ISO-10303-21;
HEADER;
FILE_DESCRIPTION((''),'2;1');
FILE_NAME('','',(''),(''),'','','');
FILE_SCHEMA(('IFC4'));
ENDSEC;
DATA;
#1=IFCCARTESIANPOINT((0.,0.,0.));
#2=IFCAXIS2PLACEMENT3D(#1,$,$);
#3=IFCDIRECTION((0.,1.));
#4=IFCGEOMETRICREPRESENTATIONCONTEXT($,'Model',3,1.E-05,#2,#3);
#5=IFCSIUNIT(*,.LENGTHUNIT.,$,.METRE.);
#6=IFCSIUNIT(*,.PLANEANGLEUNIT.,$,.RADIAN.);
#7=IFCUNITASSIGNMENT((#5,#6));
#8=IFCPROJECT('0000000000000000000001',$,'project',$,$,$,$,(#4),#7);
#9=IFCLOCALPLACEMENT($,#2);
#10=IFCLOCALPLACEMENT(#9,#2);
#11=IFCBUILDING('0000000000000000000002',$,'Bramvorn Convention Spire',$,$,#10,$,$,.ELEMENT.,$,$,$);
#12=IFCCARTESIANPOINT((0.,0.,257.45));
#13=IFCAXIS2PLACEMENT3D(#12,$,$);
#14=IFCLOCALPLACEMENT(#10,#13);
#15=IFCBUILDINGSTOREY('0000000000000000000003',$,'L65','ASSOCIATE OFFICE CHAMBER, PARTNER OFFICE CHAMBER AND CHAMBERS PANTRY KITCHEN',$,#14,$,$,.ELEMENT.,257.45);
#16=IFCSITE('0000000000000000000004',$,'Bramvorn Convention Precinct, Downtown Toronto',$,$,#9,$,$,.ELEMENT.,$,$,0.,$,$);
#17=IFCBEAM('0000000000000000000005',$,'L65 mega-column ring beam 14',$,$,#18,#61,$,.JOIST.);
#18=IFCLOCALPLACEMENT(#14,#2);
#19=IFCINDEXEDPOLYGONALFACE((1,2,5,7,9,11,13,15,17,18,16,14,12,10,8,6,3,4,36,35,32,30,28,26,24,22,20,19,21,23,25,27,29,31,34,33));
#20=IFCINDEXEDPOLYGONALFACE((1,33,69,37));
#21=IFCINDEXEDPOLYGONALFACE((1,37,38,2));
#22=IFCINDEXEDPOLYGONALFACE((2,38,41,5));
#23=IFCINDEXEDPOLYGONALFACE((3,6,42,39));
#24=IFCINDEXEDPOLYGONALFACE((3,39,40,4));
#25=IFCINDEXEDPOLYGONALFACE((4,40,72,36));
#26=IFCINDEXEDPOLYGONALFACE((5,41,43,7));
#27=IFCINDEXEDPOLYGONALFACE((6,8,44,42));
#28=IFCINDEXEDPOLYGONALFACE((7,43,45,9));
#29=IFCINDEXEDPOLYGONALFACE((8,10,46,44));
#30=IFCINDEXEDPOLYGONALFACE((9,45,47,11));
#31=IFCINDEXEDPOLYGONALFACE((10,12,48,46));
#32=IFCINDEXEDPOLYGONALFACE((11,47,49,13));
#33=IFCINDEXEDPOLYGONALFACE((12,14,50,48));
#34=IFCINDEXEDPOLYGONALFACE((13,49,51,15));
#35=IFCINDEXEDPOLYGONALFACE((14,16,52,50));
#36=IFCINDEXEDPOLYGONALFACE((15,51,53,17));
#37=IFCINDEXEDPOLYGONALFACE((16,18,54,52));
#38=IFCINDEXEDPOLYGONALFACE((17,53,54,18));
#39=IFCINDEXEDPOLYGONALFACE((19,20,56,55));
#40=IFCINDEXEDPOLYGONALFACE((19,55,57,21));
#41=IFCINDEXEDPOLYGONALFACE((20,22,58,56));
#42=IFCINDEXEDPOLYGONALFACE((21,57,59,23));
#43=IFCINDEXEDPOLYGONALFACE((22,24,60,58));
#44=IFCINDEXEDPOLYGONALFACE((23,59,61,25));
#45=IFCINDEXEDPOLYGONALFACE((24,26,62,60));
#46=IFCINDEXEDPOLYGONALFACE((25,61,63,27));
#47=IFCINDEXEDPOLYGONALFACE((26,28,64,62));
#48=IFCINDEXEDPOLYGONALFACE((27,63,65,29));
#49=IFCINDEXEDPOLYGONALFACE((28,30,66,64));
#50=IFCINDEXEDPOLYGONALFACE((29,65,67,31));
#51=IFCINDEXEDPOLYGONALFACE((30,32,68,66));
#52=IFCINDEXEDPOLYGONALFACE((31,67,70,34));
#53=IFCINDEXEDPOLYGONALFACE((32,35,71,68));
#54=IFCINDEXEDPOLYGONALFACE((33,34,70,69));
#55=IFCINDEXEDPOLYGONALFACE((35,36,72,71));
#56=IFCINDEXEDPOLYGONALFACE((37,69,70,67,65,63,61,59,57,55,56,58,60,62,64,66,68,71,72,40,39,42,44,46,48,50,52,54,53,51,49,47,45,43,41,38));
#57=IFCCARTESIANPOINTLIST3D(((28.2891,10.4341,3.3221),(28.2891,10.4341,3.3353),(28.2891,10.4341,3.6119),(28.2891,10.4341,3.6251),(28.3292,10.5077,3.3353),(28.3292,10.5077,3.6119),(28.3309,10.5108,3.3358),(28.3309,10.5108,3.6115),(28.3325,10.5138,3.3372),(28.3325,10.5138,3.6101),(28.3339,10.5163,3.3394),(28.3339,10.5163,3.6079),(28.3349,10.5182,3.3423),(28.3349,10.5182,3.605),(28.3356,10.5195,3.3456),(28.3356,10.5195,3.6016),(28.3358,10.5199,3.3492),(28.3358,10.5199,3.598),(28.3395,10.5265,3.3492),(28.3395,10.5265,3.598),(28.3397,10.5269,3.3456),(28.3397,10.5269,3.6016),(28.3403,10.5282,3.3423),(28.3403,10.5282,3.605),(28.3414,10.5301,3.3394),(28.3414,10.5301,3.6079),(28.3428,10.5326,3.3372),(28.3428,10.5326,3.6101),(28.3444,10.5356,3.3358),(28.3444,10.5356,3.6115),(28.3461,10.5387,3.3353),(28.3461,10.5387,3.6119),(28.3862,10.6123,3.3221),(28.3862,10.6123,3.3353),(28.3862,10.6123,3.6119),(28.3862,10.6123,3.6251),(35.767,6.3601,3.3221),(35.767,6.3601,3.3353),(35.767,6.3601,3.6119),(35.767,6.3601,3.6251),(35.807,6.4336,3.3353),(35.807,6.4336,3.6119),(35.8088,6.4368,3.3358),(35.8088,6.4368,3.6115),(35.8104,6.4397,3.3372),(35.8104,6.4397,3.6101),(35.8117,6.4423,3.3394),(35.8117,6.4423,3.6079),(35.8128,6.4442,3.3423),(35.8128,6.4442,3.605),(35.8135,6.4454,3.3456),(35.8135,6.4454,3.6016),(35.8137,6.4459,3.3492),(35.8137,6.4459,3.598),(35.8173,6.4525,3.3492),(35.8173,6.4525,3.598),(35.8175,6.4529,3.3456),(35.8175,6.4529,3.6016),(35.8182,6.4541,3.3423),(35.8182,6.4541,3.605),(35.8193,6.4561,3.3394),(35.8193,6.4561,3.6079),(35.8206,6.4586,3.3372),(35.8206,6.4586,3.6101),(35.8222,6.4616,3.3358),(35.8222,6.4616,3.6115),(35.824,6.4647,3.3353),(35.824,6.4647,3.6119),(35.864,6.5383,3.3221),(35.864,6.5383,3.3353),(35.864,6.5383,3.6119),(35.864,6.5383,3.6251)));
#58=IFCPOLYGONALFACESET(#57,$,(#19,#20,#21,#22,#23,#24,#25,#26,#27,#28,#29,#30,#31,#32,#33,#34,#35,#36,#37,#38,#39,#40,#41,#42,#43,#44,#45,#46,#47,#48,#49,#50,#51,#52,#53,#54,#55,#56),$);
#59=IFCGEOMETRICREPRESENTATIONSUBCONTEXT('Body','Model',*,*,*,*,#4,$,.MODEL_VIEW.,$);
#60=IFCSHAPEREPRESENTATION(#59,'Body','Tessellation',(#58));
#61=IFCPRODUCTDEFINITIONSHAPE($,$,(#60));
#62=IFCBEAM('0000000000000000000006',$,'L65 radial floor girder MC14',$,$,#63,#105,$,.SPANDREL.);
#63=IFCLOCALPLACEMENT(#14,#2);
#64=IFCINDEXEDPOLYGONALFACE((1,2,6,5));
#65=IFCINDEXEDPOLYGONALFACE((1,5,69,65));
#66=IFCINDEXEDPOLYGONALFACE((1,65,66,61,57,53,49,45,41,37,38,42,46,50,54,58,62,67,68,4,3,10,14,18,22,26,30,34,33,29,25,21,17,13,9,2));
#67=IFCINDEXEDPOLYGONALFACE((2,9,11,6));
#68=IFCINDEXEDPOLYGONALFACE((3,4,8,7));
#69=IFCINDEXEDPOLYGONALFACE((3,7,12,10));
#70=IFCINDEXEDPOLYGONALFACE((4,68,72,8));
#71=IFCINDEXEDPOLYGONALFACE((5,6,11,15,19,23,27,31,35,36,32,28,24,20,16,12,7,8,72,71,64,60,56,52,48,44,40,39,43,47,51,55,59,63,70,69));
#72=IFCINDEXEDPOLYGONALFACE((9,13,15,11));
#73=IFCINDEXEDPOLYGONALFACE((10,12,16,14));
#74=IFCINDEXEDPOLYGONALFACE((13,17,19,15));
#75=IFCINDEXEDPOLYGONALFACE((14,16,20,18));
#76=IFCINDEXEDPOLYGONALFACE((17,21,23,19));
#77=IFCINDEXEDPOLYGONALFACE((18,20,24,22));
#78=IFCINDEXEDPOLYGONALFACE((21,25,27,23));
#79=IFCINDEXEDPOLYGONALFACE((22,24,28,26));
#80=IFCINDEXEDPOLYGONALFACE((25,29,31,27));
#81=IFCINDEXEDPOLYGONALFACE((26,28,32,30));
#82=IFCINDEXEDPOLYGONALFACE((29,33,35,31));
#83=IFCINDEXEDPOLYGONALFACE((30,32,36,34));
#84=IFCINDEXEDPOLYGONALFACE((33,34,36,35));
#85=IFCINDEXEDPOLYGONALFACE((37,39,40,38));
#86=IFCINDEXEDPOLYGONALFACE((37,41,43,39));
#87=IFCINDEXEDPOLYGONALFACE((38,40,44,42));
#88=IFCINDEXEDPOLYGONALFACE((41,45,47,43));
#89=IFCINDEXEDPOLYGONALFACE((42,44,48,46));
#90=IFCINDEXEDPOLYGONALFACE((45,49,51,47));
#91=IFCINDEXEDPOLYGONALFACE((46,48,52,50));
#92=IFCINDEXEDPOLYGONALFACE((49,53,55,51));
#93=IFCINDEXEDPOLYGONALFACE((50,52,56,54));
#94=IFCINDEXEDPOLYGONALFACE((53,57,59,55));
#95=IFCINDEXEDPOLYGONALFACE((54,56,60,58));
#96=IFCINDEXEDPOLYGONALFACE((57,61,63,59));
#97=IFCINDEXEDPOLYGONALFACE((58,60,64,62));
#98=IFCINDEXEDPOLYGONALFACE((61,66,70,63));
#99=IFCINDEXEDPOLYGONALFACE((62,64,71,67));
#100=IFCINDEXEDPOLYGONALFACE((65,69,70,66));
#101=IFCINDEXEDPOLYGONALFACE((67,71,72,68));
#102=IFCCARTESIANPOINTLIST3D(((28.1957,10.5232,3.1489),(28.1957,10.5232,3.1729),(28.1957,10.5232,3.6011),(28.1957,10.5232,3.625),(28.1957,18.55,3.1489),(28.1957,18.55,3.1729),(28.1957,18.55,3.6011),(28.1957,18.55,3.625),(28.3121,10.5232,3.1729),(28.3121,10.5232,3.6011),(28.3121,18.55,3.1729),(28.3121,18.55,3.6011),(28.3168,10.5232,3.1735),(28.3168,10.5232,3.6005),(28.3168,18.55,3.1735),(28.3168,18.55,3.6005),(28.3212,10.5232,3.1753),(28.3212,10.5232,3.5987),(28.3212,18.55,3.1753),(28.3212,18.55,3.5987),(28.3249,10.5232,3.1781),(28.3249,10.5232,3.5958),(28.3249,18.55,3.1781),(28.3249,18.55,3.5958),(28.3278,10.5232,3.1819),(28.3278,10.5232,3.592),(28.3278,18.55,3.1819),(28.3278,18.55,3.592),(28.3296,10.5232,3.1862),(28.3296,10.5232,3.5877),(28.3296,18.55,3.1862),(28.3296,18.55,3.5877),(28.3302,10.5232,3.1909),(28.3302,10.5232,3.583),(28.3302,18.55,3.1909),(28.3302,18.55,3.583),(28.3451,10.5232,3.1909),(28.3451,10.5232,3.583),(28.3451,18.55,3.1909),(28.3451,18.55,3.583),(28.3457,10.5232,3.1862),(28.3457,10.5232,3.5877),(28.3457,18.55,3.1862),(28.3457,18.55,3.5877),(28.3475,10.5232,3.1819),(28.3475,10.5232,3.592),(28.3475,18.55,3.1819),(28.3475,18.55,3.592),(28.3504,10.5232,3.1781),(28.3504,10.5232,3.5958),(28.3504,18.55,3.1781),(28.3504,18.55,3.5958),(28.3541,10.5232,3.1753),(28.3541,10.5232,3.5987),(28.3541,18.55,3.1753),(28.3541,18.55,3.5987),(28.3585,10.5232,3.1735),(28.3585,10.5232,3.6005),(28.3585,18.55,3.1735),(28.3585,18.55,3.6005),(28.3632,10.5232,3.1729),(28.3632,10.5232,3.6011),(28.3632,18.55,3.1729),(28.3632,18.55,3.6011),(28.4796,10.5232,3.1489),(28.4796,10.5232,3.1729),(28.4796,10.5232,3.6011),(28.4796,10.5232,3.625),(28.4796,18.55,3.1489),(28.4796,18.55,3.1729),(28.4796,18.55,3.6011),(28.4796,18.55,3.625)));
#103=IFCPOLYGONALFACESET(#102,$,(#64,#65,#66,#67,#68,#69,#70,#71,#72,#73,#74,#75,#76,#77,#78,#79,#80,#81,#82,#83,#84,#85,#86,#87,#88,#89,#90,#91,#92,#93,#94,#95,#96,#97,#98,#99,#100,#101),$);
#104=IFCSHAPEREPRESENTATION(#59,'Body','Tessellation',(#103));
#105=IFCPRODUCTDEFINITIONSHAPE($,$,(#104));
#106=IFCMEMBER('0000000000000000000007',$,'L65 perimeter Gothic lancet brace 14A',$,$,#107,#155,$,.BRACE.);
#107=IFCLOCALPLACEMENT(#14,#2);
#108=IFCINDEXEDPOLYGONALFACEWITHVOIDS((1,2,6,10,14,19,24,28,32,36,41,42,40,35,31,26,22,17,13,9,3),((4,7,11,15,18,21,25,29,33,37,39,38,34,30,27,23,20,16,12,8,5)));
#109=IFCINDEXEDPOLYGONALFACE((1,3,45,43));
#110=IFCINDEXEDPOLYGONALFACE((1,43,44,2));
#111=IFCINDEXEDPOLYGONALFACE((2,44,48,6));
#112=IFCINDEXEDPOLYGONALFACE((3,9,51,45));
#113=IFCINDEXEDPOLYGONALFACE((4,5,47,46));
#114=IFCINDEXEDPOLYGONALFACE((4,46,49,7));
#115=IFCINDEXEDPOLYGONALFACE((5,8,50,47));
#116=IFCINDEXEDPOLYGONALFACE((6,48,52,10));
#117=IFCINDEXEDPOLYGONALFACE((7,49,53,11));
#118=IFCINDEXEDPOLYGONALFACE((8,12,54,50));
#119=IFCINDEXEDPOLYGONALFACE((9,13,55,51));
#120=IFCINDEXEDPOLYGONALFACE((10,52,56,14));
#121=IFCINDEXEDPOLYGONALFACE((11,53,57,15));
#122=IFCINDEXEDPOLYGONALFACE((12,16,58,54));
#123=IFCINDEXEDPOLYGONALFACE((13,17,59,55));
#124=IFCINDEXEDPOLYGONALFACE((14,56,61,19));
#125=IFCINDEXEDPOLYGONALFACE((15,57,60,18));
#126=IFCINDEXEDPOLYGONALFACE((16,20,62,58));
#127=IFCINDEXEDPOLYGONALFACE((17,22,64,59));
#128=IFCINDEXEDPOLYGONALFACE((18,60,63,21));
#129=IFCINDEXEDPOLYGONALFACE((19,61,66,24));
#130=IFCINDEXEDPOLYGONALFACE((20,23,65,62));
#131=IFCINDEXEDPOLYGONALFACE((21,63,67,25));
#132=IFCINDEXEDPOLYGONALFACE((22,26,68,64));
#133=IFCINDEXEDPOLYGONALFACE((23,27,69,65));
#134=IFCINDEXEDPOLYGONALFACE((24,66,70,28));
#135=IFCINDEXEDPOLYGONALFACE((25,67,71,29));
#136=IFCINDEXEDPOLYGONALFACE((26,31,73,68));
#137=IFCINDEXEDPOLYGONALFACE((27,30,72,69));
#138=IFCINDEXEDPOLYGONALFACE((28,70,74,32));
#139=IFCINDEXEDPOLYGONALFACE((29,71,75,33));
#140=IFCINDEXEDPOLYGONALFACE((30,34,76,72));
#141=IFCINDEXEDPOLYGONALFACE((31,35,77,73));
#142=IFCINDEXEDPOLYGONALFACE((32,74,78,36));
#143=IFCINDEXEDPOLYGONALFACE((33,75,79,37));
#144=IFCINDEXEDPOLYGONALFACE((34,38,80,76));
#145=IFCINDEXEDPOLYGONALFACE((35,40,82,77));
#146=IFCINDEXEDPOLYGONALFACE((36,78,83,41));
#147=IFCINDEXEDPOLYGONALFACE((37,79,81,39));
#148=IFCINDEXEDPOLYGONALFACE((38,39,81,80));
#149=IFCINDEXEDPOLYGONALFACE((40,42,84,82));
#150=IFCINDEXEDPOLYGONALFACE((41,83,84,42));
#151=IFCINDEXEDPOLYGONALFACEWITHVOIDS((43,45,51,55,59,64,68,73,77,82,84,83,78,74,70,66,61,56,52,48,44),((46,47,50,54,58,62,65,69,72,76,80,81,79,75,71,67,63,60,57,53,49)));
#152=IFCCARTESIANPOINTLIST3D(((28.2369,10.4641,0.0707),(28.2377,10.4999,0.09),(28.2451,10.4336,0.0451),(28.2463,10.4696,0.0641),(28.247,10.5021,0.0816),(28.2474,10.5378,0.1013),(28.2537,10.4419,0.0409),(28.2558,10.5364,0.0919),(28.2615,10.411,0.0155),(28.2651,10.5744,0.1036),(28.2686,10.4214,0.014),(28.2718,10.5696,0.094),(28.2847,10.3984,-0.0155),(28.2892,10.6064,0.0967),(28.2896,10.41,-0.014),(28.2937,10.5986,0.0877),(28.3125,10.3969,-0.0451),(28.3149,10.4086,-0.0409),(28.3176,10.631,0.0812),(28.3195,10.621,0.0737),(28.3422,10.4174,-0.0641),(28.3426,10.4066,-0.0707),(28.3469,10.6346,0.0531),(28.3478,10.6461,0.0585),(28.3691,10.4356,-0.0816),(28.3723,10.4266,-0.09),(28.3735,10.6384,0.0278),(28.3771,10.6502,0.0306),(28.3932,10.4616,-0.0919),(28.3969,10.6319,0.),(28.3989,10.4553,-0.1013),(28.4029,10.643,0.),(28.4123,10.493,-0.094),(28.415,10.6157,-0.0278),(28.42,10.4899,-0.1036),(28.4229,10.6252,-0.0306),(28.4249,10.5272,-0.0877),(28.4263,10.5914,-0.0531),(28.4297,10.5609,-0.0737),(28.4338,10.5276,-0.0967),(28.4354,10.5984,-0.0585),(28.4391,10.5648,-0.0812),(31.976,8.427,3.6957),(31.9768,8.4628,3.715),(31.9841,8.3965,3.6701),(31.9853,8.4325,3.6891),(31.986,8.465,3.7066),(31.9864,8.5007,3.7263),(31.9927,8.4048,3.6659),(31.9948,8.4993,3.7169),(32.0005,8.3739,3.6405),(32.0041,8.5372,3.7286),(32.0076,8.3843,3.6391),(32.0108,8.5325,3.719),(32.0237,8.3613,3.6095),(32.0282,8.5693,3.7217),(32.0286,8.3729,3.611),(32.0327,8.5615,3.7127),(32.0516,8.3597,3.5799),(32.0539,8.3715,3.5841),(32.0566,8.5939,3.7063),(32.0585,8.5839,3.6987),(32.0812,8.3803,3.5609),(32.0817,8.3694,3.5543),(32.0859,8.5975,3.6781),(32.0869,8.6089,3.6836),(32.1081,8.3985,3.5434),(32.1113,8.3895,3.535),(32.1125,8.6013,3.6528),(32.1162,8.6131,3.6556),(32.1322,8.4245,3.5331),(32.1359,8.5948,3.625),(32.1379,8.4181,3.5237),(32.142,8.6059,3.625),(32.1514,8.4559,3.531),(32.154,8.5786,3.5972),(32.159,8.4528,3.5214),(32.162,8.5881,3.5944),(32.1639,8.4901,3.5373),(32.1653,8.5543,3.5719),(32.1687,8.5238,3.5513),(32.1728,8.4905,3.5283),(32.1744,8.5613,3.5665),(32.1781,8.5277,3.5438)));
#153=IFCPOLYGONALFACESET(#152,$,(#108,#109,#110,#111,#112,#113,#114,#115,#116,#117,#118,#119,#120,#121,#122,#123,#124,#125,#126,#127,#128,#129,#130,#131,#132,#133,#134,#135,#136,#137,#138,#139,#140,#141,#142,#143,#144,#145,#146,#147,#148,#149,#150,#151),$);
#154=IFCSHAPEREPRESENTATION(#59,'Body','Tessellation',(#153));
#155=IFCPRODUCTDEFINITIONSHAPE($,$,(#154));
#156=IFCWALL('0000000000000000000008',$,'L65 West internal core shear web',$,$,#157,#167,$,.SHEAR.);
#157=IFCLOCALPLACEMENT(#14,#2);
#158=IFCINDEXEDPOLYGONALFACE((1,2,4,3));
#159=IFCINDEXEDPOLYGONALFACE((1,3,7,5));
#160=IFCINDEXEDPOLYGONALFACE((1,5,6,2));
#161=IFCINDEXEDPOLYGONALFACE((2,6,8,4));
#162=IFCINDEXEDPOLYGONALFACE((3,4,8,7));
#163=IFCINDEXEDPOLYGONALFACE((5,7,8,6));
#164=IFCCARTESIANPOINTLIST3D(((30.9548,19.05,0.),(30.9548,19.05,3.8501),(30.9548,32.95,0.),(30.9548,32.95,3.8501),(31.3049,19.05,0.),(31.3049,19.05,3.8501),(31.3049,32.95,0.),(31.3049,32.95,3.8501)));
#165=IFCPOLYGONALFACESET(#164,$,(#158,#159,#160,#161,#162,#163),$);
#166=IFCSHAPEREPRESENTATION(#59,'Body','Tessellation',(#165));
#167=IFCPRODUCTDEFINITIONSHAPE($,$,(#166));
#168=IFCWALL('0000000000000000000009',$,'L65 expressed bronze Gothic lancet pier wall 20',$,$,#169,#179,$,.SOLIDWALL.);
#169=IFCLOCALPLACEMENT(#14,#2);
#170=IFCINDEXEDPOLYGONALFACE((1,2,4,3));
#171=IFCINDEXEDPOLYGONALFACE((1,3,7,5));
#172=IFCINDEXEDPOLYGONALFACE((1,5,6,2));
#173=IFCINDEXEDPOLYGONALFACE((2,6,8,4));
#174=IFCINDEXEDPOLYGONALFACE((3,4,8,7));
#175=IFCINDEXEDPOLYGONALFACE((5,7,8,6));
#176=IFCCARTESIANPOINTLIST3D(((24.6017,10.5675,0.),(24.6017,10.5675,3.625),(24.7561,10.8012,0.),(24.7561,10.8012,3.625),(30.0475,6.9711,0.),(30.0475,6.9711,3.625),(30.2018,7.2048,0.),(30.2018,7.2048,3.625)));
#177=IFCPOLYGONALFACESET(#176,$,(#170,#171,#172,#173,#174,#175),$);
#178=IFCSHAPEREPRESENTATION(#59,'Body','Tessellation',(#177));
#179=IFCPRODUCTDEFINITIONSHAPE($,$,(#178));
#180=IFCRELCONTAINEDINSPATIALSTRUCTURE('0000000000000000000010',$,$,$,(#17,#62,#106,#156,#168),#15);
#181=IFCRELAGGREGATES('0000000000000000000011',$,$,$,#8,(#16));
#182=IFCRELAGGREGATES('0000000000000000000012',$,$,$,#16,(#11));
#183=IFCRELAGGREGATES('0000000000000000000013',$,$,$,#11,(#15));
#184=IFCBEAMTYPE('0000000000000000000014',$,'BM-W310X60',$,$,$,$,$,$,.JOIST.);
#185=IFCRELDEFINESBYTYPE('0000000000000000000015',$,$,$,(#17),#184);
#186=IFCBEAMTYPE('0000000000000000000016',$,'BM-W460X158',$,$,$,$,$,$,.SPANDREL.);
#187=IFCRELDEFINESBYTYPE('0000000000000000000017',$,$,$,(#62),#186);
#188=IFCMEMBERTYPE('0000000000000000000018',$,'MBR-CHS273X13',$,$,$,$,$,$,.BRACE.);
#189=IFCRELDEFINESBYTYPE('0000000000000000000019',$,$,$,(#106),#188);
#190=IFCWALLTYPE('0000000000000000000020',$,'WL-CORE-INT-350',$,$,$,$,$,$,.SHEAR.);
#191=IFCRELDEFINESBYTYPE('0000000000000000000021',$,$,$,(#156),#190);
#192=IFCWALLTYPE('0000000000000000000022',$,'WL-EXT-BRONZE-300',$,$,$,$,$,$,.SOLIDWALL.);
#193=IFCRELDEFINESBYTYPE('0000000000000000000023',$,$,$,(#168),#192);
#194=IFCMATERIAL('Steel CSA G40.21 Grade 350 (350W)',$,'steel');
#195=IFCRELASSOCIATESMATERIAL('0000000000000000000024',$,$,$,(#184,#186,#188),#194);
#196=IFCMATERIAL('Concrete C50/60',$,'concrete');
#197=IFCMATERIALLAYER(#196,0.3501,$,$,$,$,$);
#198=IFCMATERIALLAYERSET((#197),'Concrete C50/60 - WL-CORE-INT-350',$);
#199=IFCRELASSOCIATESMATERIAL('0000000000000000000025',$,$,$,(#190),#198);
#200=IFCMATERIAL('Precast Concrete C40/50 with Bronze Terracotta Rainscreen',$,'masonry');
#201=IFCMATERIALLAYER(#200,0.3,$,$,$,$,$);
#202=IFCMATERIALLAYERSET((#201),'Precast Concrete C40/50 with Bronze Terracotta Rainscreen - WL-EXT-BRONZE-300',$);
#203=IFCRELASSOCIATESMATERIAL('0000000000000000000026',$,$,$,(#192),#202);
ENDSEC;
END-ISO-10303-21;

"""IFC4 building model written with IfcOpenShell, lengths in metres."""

from ifc_helpers import new_model, si_unit, direction, frame, frame_2d, origin, origin_2d, place, context, subcontext, project, spatial, rectangle, hollow_circle, i_section, extrude, material, layer, layer_set, material_profile, profile_set, type_object, element, save


model = new_model("IFC4")

# Units and contexts
model_context = context("Model", 3, precision=1e-05, world=origin(), true_north=direction((0.0, 1.0)))
body_context = subcontext(model_context, "Body", "Model", "MODEL_VIEW")
ifc_project = project(units=[si_unit("LENGTHUNIT", "METRE"), si_unit("PLANEANGLEUNIT", "RADIAN")], contexts=[model_context])

# Site, building, storey
site_placement = place(None, origin())
site = spatial("IfcSite", under=ifc_project, at=site_placement, Name="Bramvorn Convention Precinct, Downtown Toronto", CompositionType="ELEMENT", RefElevation=0.0)
building_placement = place(site_placement, origin())
building = spatial("IfcBuilding", under=site, at=building_placement, Name="Bramvorn Convention Spire", CompositionType="ELEMENT")
storey_placement = place(building_placement, frame((0.0, 0.0, 257.45)))
storey = spatial("IfcBuildingStorey", under=building, at=storey_placement, Name="L65", Description="ASSOCIATE OFFICE CHAMBER, PARTNER OFFICE CHAMBER AND CHAMBERS PANTRY KITCHEN", CompositionType="ELEMENT", Elevation=257.45)

# Shared definitions
ifc_material_1 = material(Name="Steel CSA G40.21 Grade 350 (350W)", Category="steel")

# Beams
ifc_material_profile_1 = material_profile(ifc_material_1, i_section(OverallWidth=0.2029, OverallDepth=0.303, WebThickness=0.0076, FlangeThickness=0.0132, FilletRadius=0.0139, at=origin_2d()))
ifc_profile_set_1 = profile_set([ifc_material_profile_1], Name="Steel CSA G40.21 Grade 350 (350W) - W310X60")
beam_type_1 = type_object("IfcBeamType", Name="BM-W310X60", PredefinedType="JOIST", material=ifc_profile_set_1)
beam_1_placement = place(storey_placement, frame((28.3376, 10.5232, 3.4736), z_axis=(0.878133, -0.478416, 0.0), x_axis=(0.478416, 0.878133, 0.0)))
element("IfcBeam", 1, at=beam_1_placement, inside=storey, type_object=beam_type_1, Name="L65 mega-column ring beam 14", PredefinedType="JOIST", context=body_context, shape_type="SweptSolid", body=[
    extrude(i_section(OverallWidth=0.2029, OverallDepth=0.303, WebThickness=0.0076, FlangeThickness=0.0132, FilletRadius=0.0139, at=origin_2d()), origin(), (0.0, 0.0, 1.0), 8.5156),
])
ifc_material_profile_2 = material_profile(ifc_material_1, i_section(OverallWidth=0.2839, OverallDepth=0.4761, WebThickness=0.0149, FlangeThickness=0.0239, FilletRadius=0.0181, at=origin_2d()))
ifc_profile_set_2 = profile_set([ifc_material_profile_2], Name="Steel CSA G40.21 Grade 350 (350W) - W460X158")
beam_type_2 = type_object("IfcBeamType", Name="BM-W460X158", PredefinedType="SPANDREL", material=ifc_profile_set_2)
beam_2_placement = place(storey_placement, frame((28.3376, 18.55, 3.387), z_axis=(0.0, -1.0, 0.0), x_axis=(1.0, 0.0, 0.0)))
element("IfcBeam", 2, at=beam_2_placement, inside=storey, type_object=beam_type_2, Name="L65 radial floor girder MC14", PredefinedType="SPANDREL", context=body_context, shape_type="SweptSolid", body=[
    extrude(i_section(OverallWidth=0.2839, OverallDepth=0.4761, WebThickness=0.0149, FlangeThickness=0.0239, FilletRadius=0.0181, at=origin_2d()), origin(), (0.0, 0.0, 1.0), 8.0269),
])

# Member
ifc_material_profile_3 = material_profile(ifc_material_1, hollow_circle(Radius=0.1365, WallThickness=0.0127, at=origin_2d()))
ifc_profile_set_3 = profile_set([ifc_material_profile_3], Name="Steel CSA G40.21 Grade 350 (350W) - CHS273X13")
member_type = type_object("IfcMemberType", Name="MBR-CHS273X13", PredefinedType="BRACE", material=ifc_profile_set_3)
member_placement = place(storey_placement, frame((28.3376, 10.5232, 0.0), z_axis=(0.668634, -0.364289, 0.648245), x_axis=(0.478426, 0.878128, 0.0)))
element("IfcMember", 3, at=member_placement, inside=storey, type_object=member_type, Name="L65 perimeter Gothic lancet brace 14A", PredefinedType="BRACE", context=body_context, shape_type="SweptSolid", body=[
    extrude(hollow_circle(Radius=0.1365, WallThickness=0.0127, at=origin_2d()), origin(), (0.0, 0.0, 1.0), 5.592),
])

# Walls
ifc_material_2 = material(Name="Concrete C50/60", Category="concrete")
ifc_layer_1 = layer(ifc_material_2, 0.3501)
ifc_layer_set_1 = layer_set([ifc_layer_1], Name="Concrete C50/60 - WL-CORE-INT-350")
wall_type_1 = type_object("IfcWallType", Name="WL-CORE-INT-350", PredefinedType="SHEAR", material=ifc_layer_set_1)
wall_1_placement = place(storey_placement, frame((31.1299, 19.05, 0.0), z_axis=(0.0, 0.0, 1.0), x_axis=(0.0, 1.0, 0.0)))
element("IfcWall", 4, at=wall_1_placement, inside=storey, type_object=wall_type_1, Name="L65 West internal core shear web", PredefinedType="SHEAR", context=body_context, shape_type="SweptSolid", body=[
    extrude(rectangle(XDim=13.8999, YDim=0.3501, at=frame_2d((6.95, 0.0))), origin(), (0.0, 0.0, 1.0), 3.8501),
])
ifc_material_3 = material(Name="Precast Concrete C40/50 with Bronze Terracotta Rainscreen", Category="masonry")
ifc_layer_2 = layer(ifc_material_3, 0.3)
ifc_layer_set_2 = layer_set([ifc_layer_2], Name="Precast Concrete C40/50 with Bronze Terracotta Rainscreen - WL-EXT-BRONZE-300")
wall_type_2 = type_object("IfcWallType", Name="WL-EXT-BRONZE-300", PredefinedType="SOLIDWALL", material=ifc_layer_set_2)
wall_2_placement = place(storey_placement, frame((30.1248, 7.0879, 0.0), z_axis=(0.0, 0.0, 1.0), x_axis=(-0.834454, 0.551078, 0.0)))
element("IfcWall", 5, at=wall_2_placement, inside=storey, type_object=wall_type_2, Name="L65 expressed bronze Gothic lancet pier wall 20", PredefinedType="SOLIDWALL", context=body_context, shape_type="SweptSolid", body=[
    extrude(rectangle(XDim=6.5261, YDim=0.28, at=frame_2d((3.2632, 0.0))), origin(), (0.0, 0.0, 1.0), 3.625),
])

save(model, "model.ifc")
